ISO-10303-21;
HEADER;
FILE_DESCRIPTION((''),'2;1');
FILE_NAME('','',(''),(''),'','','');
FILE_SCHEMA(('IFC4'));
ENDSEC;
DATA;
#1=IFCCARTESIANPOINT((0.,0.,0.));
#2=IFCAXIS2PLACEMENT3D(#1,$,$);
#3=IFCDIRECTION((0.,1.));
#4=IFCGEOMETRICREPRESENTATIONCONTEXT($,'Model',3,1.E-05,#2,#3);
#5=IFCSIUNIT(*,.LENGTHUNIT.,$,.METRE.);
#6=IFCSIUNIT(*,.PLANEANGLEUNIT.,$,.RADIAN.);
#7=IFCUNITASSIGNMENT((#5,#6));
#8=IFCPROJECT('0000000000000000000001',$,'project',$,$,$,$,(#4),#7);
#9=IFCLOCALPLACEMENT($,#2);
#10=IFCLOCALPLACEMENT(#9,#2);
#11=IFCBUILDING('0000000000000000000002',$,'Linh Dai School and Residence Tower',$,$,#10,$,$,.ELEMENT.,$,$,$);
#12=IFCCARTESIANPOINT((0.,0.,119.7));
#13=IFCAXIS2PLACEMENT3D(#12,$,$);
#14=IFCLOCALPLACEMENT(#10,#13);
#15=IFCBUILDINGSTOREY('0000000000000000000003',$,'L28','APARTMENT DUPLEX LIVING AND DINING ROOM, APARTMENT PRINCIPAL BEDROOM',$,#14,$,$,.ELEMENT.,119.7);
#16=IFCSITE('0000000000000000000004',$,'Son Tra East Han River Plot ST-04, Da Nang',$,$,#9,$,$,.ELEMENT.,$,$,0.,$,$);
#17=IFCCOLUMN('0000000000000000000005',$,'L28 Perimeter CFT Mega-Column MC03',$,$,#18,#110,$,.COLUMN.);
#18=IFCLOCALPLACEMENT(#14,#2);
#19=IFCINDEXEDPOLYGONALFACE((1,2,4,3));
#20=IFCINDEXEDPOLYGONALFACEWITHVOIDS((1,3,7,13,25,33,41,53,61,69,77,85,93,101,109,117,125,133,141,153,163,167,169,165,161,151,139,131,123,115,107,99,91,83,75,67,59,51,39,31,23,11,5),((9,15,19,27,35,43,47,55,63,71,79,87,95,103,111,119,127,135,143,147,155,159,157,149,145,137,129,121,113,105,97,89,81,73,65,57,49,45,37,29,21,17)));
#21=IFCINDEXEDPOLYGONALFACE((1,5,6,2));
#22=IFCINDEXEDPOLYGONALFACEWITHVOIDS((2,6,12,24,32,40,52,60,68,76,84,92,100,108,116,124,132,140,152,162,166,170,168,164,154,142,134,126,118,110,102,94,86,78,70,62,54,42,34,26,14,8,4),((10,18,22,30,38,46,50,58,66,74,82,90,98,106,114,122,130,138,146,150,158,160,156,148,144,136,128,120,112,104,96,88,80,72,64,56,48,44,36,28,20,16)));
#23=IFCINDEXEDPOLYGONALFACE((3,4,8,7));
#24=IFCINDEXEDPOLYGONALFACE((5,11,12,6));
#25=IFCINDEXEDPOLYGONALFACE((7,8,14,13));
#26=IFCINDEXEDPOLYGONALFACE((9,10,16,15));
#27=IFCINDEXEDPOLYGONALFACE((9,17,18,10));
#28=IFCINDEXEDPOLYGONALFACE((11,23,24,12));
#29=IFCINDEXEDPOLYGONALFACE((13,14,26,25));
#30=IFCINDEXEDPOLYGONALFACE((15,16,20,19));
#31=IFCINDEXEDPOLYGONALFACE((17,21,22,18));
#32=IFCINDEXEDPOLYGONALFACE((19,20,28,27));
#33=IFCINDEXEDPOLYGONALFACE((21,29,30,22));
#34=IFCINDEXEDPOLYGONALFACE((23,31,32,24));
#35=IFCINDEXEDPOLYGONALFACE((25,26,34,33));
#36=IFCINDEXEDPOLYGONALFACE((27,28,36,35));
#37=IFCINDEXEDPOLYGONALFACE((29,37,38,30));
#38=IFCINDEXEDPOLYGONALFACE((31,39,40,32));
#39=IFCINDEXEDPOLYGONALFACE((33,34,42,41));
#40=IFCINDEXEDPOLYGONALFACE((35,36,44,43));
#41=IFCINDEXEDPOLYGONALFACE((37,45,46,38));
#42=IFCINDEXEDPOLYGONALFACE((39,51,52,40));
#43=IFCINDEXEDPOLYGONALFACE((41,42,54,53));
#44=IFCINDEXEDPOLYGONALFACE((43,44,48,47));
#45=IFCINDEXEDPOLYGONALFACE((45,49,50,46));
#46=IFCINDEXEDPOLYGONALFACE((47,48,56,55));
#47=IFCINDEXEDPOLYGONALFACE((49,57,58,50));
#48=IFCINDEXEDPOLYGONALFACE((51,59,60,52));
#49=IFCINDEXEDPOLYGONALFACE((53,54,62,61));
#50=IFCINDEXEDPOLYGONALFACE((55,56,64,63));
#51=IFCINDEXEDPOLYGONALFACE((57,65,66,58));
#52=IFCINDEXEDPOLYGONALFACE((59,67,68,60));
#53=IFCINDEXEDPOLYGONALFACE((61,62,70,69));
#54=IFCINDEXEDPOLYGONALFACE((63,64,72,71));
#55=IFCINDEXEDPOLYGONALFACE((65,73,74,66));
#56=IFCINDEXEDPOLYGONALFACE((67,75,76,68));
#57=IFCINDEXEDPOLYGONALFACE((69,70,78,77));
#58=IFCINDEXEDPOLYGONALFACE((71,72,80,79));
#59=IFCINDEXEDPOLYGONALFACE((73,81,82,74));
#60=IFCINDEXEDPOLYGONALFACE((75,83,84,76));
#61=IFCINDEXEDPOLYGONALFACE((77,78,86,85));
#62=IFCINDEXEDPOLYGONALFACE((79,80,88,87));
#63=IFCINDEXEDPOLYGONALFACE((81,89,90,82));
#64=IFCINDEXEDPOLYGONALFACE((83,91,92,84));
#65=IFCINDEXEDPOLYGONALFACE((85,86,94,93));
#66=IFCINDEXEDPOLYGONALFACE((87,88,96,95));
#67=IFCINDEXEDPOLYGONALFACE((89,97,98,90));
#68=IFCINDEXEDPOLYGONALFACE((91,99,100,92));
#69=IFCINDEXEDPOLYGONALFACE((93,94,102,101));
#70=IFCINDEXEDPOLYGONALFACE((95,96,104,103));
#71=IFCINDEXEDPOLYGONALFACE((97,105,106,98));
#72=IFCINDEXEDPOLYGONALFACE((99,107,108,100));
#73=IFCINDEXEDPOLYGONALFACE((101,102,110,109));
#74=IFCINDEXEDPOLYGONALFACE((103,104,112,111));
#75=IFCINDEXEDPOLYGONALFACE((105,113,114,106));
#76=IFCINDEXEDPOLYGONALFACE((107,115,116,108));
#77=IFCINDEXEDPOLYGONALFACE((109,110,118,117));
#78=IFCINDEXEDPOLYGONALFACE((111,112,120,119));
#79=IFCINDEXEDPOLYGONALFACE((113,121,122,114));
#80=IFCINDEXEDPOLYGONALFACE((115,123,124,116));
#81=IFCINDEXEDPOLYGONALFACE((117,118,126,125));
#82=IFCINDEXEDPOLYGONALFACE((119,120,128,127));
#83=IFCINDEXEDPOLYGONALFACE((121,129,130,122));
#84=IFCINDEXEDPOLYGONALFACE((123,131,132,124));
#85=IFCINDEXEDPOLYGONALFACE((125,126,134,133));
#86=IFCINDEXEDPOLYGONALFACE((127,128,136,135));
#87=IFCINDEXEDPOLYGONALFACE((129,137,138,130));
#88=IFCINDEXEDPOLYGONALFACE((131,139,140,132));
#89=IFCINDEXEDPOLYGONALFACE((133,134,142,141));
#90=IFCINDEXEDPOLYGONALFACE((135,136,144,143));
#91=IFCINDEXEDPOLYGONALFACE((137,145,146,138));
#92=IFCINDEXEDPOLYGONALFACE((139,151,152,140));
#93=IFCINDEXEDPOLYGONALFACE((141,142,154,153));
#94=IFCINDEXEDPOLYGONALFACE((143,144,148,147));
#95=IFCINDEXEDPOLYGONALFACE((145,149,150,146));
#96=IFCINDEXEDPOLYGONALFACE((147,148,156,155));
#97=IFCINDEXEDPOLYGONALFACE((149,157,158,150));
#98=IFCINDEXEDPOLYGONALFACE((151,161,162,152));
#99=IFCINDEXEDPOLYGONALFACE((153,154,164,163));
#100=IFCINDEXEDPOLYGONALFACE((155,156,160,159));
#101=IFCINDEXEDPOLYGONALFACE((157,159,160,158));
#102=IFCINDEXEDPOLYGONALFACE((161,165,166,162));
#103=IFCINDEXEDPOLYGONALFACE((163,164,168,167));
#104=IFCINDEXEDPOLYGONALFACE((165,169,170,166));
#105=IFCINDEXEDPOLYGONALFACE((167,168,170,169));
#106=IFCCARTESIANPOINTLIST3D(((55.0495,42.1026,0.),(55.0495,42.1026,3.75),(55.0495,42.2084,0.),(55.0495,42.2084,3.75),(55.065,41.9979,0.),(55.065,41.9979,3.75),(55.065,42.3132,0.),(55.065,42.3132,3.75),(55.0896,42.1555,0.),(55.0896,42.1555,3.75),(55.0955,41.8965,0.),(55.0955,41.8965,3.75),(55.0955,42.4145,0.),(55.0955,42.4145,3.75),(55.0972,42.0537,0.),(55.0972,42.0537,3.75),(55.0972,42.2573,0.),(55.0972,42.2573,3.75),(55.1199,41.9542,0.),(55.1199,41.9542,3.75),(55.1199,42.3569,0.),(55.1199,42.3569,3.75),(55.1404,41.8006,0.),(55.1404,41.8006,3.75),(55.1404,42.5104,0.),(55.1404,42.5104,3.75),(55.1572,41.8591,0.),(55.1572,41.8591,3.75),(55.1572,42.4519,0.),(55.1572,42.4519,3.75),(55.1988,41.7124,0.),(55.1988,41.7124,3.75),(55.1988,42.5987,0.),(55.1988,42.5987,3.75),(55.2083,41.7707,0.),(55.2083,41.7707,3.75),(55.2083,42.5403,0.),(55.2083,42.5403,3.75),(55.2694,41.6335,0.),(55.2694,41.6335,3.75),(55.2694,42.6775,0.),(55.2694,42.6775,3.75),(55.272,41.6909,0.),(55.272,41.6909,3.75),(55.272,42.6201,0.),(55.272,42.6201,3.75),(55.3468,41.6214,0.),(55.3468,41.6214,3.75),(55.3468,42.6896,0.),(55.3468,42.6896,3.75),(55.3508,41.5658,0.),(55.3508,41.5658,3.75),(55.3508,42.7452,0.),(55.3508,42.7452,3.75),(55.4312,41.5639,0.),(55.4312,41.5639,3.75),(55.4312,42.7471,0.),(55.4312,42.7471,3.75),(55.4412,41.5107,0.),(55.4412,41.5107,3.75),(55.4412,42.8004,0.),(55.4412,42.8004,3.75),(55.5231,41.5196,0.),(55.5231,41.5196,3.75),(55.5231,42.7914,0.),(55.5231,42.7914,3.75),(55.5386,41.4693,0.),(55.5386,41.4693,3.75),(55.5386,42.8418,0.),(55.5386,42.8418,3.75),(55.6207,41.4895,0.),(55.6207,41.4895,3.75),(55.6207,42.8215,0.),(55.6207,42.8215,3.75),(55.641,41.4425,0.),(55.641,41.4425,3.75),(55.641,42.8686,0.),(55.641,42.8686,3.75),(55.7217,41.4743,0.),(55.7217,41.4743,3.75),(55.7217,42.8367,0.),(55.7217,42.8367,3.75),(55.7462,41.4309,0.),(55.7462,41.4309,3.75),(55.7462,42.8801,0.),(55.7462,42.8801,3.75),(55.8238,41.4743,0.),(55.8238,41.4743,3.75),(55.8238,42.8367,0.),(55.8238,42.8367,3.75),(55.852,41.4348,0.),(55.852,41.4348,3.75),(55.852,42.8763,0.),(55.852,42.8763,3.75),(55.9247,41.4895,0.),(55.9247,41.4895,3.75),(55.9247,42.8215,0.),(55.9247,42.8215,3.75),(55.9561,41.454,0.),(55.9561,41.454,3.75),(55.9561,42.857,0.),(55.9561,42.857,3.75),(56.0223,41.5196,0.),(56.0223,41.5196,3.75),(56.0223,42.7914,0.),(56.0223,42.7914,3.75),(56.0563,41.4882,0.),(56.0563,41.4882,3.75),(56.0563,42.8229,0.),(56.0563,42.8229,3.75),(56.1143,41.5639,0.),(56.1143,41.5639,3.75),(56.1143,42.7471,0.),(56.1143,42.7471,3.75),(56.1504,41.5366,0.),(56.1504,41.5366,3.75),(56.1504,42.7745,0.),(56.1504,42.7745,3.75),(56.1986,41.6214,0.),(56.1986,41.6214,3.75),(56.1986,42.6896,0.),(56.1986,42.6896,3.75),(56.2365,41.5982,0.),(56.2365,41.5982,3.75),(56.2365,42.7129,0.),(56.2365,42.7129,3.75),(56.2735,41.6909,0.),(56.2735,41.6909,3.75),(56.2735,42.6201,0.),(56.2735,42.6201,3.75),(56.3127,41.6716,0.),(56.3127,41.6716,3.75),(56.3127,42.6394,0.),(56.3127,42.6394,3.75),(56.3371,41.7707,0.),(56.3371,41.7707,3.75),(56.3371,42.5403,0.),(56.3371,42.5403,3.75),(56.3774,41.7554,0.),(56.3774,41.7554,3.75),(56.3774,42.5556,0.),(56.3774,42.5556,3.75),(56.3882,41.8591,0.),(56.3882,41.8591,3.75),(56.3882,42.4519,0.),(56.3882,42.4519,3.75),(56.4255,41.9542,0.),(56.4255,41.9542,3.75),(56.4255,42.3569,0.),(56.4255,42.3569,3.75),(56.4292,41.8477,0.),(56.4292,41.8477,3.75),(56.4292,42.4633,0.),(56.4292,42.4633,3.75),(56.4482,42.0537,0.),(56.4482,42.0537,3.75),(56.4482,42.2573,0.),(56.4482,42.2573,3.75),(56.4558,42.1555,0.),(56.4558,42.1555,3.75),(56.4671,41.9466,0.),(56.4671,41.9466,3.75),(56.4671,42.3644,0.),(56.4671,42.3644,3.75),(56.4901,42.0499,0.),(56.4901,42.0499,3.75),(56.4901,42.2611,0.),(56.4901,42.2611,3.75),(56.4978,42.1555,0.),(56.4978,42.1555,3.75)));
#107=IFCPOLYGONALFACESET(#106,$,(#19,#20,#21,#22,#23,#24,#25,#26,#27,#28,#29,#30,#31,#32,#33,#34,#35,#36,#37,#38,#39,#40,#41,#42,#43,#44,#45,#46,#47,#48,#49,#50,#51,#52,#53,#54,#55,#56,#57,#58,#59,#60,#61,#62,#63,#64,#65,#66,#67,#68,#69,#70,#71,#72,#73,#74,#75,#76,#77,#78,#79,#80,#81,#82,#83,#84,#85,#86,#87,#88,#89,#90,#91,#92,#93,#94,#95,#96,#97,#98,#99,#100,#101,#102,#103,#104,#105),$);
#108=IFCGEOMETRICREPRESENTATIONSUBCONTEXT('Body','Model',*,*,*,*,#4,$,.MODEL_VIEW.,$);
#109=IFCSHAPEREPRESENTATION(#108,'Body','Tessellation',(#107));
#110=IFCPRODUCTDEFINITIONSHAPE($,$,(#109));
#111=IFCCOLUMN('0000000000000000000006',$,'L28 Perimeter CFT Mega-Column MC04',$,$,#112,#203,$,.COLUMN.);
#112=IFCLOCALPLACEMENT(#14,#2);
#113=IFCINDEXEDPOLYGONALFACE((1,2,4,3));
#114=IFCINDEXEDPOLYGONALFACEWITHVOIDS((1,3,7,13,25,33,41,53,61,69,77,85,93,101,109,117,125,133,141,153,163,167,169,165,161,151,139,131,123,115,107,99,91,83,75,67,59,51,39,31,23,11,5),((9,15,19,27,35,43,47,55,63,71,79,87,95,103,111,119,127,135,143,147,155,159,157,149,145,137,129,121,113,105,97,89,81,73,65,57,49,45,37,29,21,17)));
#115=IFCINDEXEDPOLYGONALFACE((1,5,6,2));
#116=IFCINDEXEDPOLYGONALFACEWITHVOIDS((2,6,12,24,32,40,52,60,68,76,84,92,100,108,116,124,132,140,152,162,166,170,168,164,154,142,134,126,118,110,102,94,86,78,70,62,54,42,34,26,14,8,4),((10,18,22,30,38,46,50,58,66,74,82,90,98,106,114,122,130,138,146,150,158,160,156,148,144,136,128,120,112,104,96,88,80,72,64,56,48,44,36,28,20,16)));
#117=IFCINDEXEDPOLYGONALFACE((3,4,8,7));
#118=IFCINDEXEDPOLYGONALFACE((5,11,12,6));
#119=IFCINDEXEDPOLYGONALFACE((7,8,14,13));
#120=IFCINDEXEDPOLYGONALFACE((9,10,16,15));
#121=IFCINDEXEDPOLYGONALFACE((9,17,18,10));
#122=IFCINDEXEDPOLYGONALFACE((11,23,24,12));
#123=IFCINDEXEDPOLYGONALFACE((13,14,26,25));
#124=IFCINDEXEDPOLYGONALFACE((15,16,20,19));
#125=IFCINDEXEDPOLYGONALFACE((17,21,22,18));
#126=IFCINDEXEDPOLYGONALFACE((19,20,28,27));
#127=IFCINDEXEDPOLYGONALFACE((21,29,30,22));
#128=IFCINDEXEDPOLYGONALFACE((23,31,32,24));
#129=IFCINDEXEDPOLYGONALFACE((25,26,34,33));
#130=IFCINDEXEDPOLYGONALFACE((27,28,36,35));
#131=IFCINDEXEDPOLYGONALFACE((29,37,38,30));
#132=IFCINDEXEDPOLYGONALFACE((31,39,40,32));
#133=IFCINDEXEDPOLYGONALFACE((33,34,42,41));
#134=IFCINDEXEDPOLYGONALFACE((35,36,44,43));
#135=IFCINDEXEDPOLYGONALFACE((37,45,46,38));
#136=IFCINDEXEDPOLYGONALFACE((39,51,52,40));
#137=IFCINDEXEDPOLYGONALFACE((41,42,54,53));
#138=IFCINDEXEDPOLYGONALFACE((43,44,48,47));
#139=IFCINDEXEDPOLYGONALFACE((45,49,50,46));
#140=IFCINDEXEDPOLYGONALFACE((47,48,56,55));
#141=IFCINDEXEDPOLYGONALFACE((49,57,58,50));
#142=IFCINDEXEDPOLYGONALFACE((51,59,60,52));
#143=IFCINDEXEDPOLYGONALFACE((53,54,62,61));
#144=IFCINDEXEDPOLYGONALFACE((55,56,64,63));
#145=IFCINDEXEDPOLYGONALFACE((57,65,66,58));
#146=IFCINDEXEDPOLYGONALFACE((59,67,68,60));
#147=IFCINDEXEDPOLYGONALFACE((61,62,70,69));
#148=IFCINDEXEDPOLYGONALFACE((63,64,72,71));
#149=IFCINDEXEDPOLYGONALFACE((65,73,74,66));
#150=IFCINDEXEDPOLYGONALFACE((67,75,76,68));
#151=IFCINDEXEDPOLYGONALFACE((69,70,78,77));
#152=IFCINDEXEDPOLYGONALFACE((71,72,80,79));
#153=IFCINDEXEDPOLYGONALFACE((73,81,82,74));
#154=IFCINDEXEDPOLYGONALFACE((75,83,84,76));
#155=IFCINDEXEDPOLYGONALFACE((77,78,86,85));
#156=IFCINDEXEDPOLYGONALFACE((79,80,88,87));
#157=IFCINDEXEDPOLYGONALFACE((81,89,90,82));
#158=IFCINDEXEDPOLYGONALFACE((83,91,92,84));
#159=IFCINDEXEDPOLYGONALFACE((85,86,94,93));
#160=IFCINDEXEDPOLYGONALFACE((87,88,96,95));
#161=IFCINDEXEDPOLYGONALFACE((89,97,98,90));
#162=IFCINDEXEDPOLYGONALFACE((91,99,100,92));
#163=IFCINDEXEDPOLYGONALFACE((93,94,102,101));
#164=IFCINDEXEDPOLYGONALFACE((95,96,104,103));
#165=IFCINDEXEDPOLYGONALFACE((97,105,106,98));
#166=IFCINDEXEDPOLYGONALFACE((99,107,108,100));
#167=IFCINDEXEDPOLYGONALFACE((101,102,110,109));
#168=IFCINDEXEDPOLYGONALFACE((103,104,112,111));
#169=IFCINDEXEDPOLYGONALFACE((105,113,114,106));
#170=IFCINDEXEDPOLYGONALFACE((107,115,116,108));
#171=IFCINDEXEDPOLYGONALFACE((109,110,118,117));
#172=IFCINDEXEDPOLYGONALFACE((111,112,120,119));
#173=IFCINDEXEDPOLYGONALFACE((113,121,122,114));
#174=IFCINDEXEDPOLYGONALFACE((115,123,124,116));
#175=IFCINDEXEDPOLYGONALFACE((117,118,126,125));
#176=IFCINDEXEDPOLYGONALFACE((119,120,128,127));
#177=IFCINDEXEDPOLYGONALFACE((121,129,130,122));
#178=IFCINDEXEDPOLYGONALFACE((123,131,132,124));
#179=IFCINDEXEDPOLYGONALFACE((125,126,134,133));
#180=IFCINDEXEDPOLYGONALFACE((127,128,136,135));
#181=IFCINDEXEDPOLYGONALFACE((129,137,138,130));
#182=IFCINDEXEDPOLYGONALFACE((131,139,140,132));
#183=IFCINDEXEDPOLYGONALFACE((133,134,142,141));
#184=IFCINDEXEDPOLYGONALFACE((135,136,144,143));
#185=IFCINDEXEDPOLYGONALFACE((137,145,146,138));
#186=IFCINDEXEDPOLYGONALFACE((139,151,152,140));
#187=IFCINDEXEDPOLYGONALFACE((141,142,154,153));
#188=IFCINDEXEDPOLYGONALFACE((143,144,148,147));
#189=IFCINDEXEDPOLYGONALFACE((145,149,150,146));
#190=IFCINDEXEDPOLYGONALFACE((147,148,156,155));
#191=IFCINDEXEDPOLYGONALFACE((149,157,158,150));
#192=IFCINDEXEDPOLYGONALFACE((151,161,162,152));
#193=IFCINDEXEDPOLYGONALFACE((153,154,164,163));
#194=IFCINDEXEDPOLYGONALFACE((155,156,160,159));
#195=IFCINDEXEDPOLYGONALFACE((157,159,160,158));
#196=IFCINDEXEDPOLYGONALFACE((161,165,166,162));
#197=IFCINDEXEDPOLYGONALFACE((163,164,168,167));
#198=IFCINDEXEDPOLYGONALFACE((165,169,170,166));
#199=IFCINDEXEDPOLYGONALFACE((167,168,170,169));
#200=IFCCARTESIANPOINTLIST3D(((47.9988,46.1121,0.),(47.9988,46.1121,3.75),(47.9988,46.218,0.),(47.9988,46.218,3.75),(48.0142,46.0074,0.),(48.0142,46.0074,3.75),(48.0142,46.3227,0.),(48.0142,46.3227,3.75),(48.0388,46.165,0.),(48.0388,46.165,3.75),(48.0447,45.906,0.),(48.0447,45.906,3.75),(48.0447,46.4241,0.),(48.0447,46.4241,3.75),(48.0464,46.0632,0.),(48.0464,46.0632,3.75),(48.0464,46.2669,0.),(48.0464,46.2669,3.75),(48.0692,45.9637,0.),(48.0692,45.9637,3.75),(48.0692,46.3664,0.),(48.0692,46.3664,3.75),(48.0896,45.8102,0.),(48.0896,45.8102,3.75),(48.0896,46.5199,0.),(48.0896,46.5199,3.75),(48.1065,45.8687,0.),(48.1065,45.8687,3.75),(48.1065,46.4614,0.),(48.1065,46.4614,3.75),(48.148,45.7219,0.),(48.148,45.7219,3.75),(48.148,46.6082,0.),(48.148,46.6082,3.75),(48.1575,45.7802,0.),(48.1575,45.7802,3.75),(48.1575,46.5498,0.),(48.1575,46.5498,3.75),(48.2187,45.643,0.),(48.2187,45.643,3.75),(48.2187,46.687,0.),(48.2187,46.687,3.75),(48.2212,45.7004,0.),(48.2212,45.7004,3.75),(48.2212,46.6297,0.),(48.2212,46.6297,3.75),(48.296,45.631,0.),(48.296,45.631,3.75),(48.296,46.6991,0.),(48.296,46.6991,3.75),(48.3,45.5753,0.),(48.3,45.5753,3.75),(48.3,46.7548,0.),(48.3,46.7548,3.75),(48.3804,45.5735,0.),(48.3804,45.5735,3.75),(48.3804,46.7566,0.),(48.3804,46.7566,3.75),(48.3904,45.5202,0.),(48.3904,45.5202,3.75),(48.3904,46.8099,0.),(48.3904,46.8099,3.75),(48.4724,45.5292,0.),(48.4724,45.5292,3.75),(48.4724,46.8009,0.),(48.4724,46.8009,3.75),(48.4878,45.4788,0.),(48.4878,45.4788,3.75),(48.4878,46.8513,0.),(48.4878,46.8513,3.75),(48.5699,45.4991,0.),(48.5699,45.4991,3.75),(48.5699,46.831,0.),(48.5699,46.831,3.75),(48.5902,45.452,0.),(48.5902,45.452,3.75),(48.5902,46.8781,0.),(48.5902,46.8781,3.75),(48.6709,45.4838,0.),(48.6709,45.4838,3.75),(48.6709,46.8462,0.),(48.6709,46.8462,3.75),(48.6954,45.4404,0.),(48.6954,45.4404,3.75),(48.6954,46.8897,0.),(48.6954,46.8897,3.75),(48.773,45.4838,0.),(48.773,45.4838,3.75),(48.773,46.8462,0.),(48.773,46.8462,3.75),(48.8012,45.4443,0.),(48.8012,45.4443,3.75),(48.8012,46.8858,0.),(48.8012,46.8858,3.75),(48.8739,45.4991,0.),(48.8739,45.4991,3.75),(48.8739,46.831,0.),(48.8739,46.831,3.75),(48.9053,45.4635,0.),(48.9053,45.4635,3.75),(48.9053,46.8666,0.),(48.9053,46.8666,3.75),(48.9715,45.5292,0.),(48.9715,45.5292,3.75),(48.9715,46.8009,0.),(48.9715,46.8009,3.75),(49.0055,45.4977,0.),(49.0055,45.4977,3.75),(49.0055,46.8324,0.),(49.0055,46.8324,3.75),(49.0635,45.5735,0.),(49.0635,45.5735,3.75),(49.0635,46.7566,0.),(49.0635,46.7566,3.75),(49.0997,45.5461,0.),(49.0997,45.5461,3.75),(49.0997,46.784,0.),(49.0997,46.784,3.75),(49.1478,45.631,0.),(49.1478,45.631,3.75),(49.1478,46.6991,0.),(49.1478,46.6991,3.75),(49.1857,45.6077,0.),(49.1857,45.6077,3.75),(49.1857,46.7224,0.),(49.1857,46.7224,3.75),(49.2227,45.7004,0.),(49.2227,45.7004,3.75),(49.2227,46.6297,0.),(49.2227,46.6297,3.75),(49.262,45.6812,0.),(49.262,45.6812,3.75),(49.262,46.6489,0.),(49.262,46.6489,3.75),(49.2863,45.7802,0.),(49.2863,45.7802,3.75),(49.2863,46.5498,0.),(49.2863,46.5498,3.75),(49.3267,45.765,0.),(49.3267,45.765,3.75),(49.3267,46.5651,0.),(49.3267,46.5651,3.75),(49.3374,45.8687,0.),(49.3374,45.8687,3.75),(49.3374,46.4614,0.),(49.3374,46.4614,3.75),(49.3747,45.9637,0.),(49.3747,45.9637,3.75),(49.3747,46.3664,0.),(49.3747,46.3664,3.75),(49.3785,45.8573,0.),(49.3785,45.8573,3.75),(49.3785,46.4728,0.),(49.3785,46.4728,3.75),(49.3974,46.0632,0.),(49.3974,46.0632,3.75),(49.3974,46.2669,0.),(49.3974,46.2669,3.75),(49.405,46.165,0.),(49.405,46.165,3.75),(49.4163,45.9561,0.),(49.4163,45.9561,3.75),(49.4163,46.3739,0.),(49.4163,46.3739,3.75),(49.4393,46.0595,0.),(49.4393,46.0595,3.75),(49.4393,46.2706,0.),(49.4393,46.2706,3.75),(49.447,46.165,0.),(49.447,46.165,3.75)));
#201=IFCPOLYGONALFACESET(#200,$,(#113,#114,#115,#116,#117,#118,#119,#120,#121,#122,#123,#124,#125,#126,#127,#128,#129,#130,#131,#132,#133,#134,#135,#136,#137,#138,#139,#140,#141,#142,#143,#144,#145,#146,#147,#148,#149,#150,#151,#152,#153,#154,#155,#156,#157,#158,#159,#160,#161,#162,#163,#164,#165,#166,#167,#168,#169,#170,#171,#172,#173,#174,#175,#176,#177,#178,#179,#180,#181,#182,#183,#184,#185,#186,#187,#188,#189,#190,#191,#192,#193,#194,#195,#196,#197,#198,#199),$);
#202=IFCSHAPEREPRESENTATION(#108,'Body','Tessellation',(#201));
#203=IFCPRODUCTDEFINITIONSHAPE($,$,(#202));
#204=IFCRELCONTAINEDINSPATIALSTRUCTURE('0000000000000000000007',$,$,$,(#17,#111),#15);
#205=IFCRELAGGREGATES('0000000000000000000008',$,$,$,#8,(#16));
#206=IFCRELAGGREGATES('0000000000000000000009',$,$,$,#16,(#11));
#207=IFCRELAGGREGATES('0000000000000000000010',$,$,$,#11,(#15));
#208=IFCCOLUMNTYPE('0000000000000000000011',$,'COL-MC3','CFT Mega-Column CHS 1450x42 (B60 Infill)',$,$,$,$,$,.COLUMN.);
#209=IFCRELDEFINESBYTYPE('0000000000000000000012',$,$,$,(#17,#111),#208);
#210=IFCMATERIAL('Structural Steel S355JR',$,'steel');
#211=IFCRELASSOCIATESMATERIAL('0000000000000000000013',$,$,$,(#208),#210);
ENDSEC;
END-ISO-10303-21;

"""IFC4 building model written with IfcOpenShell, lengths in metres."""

from ifc_helpers import new_model, si_unit, direction, frame, origin, origin_2d, place, context, subcontext, project, spatial, hollow_circle, extrude, material, material_profile, profile_set, type_object, element, save


model = new_model("IFC4")

# Units and contexts
model_context = context("Model", 3, precision=1e-05, world=origin(), true_north=direction((0.0, 1.0)))
body_context = subcontext(model_context, "Body", "Model", "MODEL_VIEW")
ifc_project = project(units=[si_unit("LENGTHUNIT", "METRE"), si_unit("PLANEANGLEUNIT", "RADIAN")], contexts=[model_context])

# Site, building, storey
site_placement = place(None, origin())
site = spatial("IfcSite", under=ifc_project, at=site_placement, Name="Son Tra East Han River Plot ST-04, Da Nang", CompositionType="ELEMENT", RefElevation=0.0)
building_placement = place(site_placement, origin())
building = spatial("IfcBuilding", under=site, at=building_placement, Name="Linh Dai School and Residence Tower", CompositionType="ELEMENT")
storey_placement = place(building_placement, frame((0.0, 0.0, 119.7)))
storey = spatial("IfcBuildingStorey", under=building, at=storey_placement, Name="L28", Description="APARTMENT DUPLEX LIVING AND DINING ROOM, APARTMENT PRINCIPAL BEDROOM", CompositionType="ELEMENT", Elevation=119.7)

# Columns
ifc_material_1 = material(Name="Structural Steel S355JR", Category="steel")
ifc_material_profile_1 = material_profile(ifc_material_1, hollow_circle(Radius=0.7251, WallThickness=0.042, at=origin_2d()), Name="CHS 1450x42")
ifc_profile_set_1 = profile_set([ifc_material_profile_1], Name="Structural Steel S355JR")
column_type = type_object("IfcColumnType", Name="COL-MC3", Description="CFT Mega-Column CHS 1450x42 (B60 Infill)", PredefinedType="COLUMN", material=ifc_profile_set_1)
for number, where, z_axis, x_axis, name in (
    (1, (55.7727, 42.1555, 0.0), (0.0, 0.0, 1.0), (1.0, 0.0, 0.0), "L28 Perimeter CFT Mega-Column MC03"),
    (2, (48.7219, 46.165, 0.0), (0.0, 0.0, 1.0), (1.0, 0.0, 0.0), "L28 Perimeter CFT Mega-Column MC04"),
):
    element("IfcColumn", number, at=place(storey_placement, frame(where, z_axis=z_axis, x_axis=x_axis)), inside=storey, type_object=column_type, Name=name, PredefinedType="COLUMN", context=body_context, shape_type="SweptSolid", body=[
        extrude(hollow_circle(Radius=0.7251, WallThickness=0.042, at=origin_2d()), origin(), (0.0, 0.0, 1.0), 3.75),
    ])

save(model, "model.ifc")
